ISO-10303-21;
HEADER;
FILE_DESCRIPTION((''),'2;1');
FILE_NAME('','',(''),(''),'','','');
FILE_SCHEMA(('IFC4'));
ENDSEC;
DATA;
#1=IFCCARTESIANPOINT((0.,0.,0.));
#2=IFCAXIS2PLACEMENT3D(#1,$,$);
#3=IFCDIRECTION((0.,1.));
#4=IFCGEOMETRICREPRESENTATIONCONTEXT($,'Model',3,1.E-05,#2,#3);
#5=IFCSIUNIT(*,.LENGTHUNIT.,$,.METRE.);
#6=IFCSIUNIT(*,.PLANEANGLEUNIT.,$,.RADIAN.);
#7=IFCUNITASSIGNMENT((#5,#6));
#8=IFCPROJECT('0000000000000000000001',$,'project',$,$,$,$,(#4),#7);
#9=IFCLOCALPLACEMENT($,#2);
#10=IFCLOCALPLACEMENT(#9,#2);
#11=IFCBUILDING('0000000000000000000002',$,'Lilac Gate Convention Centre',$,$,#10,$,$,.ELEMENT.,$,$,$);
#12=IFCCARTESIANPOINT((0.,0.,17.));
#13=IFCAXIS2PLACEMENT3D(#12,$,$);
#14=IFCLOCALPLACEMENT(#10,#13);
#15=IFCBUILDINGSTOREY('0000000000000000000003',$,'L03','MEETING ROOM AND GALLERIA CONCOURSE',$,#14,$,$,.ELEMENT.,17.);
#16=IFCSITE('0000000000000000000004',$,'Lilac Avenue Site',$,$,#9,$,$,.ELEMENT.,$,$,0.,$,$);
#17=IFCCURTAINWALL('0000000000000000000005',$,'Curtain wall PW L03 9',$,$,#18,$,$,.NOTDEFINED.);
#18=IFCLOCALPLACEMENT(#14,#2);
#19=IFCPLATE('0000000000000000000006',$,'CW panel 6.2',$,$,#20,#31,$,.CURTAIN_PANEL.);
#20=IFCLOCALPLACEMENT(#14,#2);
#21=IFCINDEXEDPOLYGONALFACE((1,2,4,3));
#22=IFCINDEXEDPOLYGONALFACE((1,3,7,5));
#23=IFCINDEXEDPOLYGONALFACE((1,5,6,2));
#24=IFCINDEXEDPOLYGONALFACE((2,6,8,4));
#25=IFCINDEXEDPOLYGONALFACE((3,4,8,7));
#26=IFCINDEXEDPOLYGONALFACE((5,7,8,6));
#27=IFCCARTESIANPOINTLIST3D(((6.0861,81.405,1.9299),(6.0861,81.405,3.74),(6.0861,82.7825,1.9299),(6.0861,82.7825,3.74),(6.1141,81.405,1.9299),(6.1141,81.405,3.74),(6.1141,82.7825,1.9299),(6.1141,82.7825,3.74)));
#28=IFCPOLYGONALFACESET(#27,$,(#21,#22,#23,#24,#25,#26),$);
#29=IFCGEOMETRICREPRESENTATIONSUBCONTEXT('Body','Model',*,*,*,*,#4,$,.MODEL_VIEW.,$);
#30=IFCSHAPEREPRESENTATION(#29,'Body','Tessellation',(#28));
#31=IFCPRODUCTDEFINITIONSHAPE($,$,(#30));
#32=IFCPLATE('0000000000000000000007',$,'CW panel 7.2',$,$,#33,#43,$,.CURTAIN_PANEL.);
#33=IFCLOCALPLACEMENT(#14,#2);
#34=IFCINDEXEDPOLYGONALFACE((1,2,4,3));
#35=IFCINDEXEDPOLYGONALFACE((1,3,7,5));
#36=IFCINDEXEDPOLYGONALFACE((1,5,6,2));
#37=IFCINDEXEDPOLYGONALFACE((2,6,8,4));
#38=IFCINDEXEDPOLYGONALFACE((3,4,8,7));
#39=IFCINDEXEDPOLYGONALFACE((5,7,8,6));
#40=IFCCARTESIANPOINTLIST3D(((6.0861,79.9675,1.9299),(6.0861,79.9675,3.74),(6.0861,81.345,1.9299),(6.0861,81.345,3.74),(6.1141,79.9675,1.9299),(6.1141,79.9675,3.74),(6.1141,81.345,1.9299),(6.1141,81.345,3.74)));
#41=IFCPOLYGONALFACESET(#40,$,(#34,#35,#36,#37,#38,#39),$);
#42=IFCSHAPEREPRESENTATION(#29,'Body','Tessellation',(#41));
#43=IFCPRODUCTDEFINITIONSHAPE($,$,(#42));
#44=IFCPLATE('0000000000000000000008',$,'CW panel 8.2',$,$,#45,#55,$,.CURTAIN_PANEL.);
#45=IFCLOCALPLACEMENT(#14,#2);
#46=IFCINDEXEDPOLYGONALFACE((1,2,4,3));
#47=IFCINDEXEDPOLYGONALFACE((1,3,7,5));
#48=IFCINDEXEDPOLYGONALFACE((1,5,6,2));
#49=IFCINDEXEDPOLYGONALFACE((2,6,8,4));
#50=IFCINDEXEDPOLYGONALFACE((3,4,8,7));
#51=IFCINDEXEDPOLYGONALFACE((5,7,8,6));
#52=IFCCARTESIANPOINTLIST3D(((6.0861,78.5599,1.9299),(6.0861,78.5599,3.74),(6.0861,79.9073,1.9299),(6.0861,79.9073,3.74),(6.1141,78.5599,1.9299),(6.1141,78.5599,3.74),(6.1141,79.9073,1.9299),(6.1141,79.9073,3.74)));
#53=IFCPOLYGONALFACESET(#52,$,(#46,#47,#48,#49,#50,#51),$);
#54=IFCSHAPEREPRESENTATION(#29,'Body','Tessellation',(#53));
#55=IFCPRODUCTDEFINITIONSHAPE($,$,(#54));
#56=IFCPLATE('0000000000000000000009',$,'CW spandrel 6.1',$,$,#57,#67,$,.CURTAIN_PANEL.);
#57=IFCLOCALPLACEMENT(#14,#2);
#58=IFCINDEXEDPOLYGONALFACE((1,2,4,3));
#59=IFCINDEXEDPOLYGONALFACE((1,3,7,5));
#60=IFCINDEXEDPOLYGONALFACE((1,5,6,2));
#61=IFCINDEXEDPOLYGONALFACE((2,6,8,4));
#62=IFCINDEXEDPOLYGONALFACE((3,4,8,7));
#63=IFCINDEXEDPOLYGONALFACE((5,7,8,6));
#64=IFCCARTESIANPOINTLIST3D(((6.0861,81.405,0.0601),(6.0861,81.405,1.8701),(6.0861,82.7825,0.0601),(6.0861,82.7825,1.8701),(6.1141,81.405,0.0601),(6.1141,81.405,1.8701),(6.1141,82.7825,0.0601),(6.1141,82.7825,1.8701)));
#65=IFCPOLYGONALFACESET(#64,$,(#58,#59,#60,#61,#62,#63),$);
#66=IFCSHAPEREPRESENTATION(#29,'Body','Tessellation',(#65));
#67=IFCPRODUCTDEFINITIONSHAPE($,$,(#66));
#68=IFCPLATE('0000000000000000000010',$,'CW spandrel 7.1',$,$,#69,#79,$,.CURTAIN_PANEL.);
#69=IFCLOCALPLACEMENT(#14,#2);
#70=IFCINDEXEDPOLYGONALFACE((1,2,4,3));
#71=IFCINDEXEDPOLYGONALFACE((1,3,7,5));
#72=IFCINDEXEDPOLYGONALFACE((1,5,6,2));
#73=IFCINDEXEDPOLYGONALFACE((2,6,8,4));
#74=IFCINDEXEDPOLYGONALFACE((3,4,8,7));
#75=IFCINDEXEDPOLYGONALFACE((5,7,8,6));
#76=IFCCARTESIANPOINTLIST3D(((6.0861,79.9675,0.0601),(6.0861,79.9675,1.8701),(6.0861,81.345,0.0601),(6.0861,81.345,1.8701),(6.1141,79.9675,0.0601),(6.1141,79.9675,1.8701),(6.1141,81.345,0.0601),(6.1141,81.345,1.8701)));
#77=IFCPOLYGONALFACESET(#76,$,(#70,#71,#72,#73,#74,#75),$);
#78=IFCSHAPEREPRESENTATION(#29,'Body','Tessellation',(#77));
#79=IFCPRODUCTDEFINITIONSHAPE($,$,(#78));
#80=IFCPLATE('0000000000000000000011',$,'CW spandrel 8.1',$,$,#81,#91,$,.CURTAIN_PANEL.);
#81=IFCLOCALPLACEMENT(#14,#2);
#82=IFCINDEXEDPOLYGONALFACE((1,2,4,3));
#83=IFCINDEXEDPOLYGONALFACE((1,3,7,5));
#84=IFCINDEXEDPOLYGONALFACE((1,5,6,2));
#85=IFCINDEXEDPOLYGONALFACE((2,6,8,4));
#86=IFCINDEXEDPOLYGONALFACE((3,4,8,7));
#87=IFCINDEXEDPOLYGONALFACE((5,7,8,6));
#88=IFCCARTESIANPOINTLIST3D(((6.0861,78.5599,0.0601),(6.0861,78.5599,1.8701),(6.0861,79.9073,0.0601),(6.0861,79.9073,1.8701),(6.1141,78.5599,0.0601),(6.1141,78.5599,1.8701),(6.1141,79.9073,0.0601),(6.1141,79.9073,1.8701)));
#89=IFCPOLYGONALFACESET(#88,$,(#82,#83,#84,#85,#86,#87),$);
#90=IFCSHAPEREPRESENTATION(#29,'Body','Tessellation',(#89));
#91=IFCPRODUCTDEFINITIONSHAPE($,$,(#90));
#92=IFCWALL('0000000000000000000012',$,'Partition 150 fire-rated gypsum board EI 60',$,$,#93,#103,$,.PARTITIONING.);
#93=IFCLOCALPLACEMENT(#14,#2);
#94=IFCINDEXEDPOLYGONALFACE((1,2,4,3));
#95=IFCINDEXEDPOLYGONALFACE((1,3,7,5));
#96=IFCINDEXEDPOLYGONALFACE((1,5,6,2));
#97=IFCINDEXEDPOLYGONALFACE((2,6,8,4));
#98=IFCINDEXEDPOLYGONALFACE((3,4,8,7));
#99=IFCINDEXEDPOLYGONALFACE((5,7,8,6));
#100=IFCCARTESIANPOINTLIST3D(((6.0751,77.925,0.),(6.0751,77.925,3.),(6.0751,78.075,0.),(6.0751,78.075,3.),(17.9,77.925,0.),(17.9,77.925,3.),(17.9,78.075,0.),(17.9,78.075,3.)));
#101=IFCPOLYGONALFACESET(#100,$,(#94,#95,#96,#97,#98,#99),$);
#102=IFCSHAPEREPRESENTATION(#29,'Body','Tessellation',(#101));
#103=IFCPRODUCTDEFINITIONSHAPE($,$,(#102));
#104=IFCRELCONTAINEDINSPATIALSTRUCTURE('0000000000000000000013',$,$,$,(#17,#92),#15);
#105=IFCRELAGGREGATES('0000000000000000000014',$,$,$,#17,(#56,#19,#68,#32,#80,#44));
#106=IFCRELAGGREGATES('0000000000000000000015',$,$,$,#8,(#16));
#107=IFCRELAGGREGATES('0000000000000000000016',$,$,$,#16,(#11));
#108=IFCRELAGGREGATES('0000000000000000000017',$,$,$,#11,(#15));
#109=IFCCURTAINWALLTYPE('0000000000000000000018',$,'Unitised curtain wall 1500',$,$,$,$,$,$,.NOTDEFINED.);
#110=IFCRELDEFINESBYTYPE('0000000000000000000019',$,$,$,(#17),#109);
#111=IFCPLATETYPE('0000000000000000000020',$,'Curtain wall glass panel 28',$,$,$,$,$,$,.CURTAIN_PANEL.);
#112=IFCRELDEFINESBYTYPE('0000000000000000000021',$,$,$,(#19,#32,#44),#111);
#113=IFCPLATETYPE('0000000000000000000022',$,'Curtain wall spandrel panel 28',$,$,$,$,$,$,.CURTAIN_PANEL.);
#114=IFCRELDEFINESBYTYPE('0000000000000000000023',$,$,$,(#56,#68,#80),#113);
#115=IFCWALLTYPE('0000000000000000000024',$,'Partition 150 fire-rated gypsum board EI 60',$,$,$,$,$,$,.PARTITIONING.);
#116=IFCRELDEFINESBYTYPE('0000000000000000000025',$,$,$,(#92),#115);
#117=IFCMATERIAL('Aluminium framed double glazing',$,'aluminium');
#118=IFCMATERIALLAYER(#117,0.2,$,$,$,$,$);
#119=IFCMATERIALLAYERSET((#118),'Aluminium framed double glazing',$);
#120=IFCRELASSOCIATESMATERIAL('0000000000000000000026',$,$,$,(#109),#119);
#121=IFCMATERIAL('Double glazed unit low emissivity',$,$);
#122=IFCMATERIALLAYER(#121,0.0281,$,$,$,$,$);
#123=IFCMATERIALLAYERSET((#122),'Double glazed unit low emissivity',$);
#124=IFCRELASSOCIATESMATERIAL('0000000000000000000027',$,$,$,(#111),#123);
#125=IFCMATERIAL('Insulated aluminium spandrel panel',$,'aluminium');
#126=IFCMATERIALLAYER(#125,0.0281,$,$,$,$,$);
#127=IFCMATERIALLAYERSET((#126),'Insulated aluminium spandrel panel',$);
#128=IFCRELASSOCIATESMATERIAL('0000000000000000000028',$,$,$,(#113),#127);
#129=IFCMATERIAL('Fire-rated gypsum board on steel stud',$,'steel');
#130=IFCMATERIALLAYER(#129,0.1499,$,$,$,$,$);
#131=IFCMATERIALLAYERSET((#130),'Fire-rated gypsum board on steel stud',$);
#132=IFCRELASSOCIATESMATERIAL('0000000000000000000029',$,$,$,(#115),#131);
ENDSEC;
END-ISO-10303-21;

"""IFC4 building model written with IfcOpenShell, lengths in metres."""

from ifc_helpers import new_model, si_unit, direction, frame, frame_2d, origin, origin_2d, place, context, subcontext, project, spatial, rectangle, extrude, material, layer, layer_set, type_object, element, aggregate, save


model = new_model("IFC4")

# Units and contexts
model_context = context("Model", 3, precision=1e-05, world=origin(), true_north=direction((0.0, 1.0)))
body_context = subcontext(model_context, "Body", "Model", "MODEL_VIEW")
ifc_project = project(units=[si_unit("LENGTHUNIT", "METRE"), si_unit("PLANEANGLEUNIT", "RADIAN")], contexts=[model_context])

# Site, building, storey
site_placement = place(None, origin())
site = spatial("IfcSite", under=ifc_project, at=site_placement, Name="Lilac Avenue Site", CompositionType="ELEMENT", RefElevation=0.0)
building_placement = place(site_placement, origin())
building = spatial("IfcBuilding", under=site, at=building_placement, Name="Lilac Gate Convention Centre", CompositionType="ELEMENT")
storey_placement = place(building_placement, frame((0.0, 0.0, 17.0)))
storey = spatial("IfcBuildingStorey", under=building, at=storey_placement, Name="L03", Description="MEETING ROOM AND GALLERIA CONCOURSE", CompositionType="ELEMENT", Elevation=17.0)

# Curtain wall
ifc_material_1 = material(Name="Aluminium framed double glazing", Category="aluminium")
ifc_layer_1 = layer(ifc_material_1, 0.2)
ifc_layer_set_1 = layer_set([ifc_layer_1], Name="Aluminium framed double glazing")
curtain_wall_type = type_object("IfcCurtainWallType", Name="Unitised curtain wall 1500", PredefinedType="NOTDEFINED", material=ifc_layer_set_1)
curtain_wall_placement = place(storey_placement, origin())
curtain_wall = element("IfcCurtainWall", 1, at=curtain_wall_placement, inside=storey, type_object=curtain_wall_type, Name="Curtain wall PW L03 9", PredefinedType="NOTDEFINED")

# Plates
ifc_material_2 = material(Name="Double glazed unit low emissivity")
ifc_layer_2 = layer(ifc_material_2, 0.0281)
ifc_layer_set_2 = layer_set([ifc_layer_2], Name="Double glazed unit low emissivity")
plate_type_1 = type_object("IfcPlateType", Name="Curtain wall glass panel 28", PredefinedType="CURTAIN_PANEL", material=ifc_layer_set_2)
plate_1_placement = place(storey_placement, frame((6.1001, 82.0938, 1.9299), z_axis=(0.0, 0.0, 1.0), x_axis=(0.0, -1.0, 0.0)))
plate_1 = element("IfcPlate", 2, at=plate_1_placement, type_object=plate_type_1, Name="CW panel 6.2", PredefinedType="CURTAIN_PANEL", context=body_context, shape_type="SweptSolid", body=[
    extrude(rectangle(XDim=1.3774, YDim=0.0281, at=origin_2d()), origin(), (0.0, 0.0, 1.0), 1.8101),
])
plate_2_placement = place(storey_placement, frame((6.1001, 80.6562, 1.9299), z_axis=(0.0, 0.0, 1.0), x_axis=(0.0, -1.0, 0.0)))
plate_2 = element("IfcPlate", 3, at=plate_2_placement, type_object=plate_type_1, Name="CW panel 7.2", PredefinedType="CURTAIN_PANEL", context=body_context, shape_type="SweptSolid", body=[
    extrude(rectangle(XDim=1.3774, YDim=0.0281, at=origin_2d()), origin(), (0.0, 0.0, 1.0), 1.8101),
])
plate_3_placement = place(storey_placement, frame((6.1001, 79.2336, 1.9299), z_axis=(0.0, 0.0, 1.0), x_axis=(0.0, -1.0, 0.0)))
plate_3 = element("IfcPlate", 4, at=plate_3_placement, type_object=plate_type_1, Name="CW panel 8.2", PredefinedType="CURTAIN_PANEL", context=body_context, shape_type="SweptSolid", body=[
    extrude(rectangle(XDim=1.3474, YDim=0.0281, at=origin_2d()), origin(), (0.0, 0.0, 1.0), 1.8101),
])
ifc_material_3 = material(Name="Insulated aluminium spandrel panel", Category="aluminium")
ifc_layer_3 = layer(ifc_material_3, 0.0281)
ifc_layer_set_3 = layer_set([ifc_layer_3], Name="Insulated aluminium spandrel panel")
plate_type_2 = type_object("IfcPlateType", Name="Curtain wall spandrel panel 28", PredefinedType="CURTAIN_PANEL", material=ifc_layer_set_3)
plate_4_placement = place(storey_placement, frame((6.1001, 82.0938, 0.0601), z_axis=(0.0, 0.0, 1.0), x_axis=(0.0, -1.0, 0.0)))
plate_4 = element("IfcPlate", 5, at=plate_4_placement, type_object=plate_type_2, Name="CW spandrel 6.1", PredefinedType="CURTAIN_PANEL", context=body_context, shape_type="SweptSolid", body=[
    extrude(rectangle(XDim=1.3774, YDim=0.0281, at=origin_2d()), origin(), (0.0, 0.0, 1.0), 1.8101),
])
plate_5_placement = place(storey_placement, frame((6.1001, 80.6562, 0.0601), z_axis=(0.0, 0.0, 1.0), x_axis=(0.0, -1.0, 0.0)))
plate_5 = element("IfcPlate", 6, at=plate_5_placement, type_object=plate_type_2, Name="CW spandrel 7.1", PredefinedType="CURTAIN_PANEL", context=body_context, shape_type="SweptSolid", body=[
    extrude(rectangle(XDim=1.3774, YDim=0.0281, at=origin_2d()), origin(), (0.0, 0.0, 1.0), 1.8101),
])
plate_6_placement = place(storey_placement, frame((6.1001, 79.2336, 0.0601), z_axis=(0.0, 0.0, 1.0), x_axis=(0.0, -1.0, 0.0)))
plate_6 = element("IfcPlate", 7, at=plate_6_placement, type_object=plate_type_2, Name="CW spandrel 8.1", PredefinedType="CURTAIN_PANEL", context=body_context, shape_type="SweptSolid", body=[
    extrude(rectangle(XDim=1.3474, YDim=0.0281, at=origin_2d()), origin(), (0.0, 0.0, 1.0), 1.8101),
])
aggregate(curtain_wall, [plate_4, plate_1, plate_5, plate_2, plate_6, plate_3])

# Wall
ifc_material_4 = material(Name="Fire-rated gypsum board on steel stud", Category="steel")
ifc_layer_4 = layer(ifc_material_4, 0.1499)
ifc_layer_set_4 = layer_set([ifc_layer_4], Name="Fire-rated gypsum board on steel stud")
wall_type = type_object("IfcWallType", Name="Partition 150 fire-rated gypsum board EI 60", PredefinedType="PARTITIONING", material=ifc_layer_set_4)
wall_placement = place(storey_placement, frame((6.075, 78.0, 0.0), z_axis=(0.0, 0.0, 1.0), x_axis=(1.0, 0.0, 0.0)))
element("IfcWall", 8, at=wall_placement, inside=storey, type_object=wall_type, Name="Partition 150 fire-rated gypsum board EI 60", PredefinedType="PARTITIONING", context=body_context, shape_type="SweptSolid", body=[
    extrude(rectangle(XDim=11.825, YDim=0.1499, at=frame_2d((5.9126, 0.0))), origin(), (0.0, 0.0, 1.0), 3.0),
])

save(model, "model.ifc")
